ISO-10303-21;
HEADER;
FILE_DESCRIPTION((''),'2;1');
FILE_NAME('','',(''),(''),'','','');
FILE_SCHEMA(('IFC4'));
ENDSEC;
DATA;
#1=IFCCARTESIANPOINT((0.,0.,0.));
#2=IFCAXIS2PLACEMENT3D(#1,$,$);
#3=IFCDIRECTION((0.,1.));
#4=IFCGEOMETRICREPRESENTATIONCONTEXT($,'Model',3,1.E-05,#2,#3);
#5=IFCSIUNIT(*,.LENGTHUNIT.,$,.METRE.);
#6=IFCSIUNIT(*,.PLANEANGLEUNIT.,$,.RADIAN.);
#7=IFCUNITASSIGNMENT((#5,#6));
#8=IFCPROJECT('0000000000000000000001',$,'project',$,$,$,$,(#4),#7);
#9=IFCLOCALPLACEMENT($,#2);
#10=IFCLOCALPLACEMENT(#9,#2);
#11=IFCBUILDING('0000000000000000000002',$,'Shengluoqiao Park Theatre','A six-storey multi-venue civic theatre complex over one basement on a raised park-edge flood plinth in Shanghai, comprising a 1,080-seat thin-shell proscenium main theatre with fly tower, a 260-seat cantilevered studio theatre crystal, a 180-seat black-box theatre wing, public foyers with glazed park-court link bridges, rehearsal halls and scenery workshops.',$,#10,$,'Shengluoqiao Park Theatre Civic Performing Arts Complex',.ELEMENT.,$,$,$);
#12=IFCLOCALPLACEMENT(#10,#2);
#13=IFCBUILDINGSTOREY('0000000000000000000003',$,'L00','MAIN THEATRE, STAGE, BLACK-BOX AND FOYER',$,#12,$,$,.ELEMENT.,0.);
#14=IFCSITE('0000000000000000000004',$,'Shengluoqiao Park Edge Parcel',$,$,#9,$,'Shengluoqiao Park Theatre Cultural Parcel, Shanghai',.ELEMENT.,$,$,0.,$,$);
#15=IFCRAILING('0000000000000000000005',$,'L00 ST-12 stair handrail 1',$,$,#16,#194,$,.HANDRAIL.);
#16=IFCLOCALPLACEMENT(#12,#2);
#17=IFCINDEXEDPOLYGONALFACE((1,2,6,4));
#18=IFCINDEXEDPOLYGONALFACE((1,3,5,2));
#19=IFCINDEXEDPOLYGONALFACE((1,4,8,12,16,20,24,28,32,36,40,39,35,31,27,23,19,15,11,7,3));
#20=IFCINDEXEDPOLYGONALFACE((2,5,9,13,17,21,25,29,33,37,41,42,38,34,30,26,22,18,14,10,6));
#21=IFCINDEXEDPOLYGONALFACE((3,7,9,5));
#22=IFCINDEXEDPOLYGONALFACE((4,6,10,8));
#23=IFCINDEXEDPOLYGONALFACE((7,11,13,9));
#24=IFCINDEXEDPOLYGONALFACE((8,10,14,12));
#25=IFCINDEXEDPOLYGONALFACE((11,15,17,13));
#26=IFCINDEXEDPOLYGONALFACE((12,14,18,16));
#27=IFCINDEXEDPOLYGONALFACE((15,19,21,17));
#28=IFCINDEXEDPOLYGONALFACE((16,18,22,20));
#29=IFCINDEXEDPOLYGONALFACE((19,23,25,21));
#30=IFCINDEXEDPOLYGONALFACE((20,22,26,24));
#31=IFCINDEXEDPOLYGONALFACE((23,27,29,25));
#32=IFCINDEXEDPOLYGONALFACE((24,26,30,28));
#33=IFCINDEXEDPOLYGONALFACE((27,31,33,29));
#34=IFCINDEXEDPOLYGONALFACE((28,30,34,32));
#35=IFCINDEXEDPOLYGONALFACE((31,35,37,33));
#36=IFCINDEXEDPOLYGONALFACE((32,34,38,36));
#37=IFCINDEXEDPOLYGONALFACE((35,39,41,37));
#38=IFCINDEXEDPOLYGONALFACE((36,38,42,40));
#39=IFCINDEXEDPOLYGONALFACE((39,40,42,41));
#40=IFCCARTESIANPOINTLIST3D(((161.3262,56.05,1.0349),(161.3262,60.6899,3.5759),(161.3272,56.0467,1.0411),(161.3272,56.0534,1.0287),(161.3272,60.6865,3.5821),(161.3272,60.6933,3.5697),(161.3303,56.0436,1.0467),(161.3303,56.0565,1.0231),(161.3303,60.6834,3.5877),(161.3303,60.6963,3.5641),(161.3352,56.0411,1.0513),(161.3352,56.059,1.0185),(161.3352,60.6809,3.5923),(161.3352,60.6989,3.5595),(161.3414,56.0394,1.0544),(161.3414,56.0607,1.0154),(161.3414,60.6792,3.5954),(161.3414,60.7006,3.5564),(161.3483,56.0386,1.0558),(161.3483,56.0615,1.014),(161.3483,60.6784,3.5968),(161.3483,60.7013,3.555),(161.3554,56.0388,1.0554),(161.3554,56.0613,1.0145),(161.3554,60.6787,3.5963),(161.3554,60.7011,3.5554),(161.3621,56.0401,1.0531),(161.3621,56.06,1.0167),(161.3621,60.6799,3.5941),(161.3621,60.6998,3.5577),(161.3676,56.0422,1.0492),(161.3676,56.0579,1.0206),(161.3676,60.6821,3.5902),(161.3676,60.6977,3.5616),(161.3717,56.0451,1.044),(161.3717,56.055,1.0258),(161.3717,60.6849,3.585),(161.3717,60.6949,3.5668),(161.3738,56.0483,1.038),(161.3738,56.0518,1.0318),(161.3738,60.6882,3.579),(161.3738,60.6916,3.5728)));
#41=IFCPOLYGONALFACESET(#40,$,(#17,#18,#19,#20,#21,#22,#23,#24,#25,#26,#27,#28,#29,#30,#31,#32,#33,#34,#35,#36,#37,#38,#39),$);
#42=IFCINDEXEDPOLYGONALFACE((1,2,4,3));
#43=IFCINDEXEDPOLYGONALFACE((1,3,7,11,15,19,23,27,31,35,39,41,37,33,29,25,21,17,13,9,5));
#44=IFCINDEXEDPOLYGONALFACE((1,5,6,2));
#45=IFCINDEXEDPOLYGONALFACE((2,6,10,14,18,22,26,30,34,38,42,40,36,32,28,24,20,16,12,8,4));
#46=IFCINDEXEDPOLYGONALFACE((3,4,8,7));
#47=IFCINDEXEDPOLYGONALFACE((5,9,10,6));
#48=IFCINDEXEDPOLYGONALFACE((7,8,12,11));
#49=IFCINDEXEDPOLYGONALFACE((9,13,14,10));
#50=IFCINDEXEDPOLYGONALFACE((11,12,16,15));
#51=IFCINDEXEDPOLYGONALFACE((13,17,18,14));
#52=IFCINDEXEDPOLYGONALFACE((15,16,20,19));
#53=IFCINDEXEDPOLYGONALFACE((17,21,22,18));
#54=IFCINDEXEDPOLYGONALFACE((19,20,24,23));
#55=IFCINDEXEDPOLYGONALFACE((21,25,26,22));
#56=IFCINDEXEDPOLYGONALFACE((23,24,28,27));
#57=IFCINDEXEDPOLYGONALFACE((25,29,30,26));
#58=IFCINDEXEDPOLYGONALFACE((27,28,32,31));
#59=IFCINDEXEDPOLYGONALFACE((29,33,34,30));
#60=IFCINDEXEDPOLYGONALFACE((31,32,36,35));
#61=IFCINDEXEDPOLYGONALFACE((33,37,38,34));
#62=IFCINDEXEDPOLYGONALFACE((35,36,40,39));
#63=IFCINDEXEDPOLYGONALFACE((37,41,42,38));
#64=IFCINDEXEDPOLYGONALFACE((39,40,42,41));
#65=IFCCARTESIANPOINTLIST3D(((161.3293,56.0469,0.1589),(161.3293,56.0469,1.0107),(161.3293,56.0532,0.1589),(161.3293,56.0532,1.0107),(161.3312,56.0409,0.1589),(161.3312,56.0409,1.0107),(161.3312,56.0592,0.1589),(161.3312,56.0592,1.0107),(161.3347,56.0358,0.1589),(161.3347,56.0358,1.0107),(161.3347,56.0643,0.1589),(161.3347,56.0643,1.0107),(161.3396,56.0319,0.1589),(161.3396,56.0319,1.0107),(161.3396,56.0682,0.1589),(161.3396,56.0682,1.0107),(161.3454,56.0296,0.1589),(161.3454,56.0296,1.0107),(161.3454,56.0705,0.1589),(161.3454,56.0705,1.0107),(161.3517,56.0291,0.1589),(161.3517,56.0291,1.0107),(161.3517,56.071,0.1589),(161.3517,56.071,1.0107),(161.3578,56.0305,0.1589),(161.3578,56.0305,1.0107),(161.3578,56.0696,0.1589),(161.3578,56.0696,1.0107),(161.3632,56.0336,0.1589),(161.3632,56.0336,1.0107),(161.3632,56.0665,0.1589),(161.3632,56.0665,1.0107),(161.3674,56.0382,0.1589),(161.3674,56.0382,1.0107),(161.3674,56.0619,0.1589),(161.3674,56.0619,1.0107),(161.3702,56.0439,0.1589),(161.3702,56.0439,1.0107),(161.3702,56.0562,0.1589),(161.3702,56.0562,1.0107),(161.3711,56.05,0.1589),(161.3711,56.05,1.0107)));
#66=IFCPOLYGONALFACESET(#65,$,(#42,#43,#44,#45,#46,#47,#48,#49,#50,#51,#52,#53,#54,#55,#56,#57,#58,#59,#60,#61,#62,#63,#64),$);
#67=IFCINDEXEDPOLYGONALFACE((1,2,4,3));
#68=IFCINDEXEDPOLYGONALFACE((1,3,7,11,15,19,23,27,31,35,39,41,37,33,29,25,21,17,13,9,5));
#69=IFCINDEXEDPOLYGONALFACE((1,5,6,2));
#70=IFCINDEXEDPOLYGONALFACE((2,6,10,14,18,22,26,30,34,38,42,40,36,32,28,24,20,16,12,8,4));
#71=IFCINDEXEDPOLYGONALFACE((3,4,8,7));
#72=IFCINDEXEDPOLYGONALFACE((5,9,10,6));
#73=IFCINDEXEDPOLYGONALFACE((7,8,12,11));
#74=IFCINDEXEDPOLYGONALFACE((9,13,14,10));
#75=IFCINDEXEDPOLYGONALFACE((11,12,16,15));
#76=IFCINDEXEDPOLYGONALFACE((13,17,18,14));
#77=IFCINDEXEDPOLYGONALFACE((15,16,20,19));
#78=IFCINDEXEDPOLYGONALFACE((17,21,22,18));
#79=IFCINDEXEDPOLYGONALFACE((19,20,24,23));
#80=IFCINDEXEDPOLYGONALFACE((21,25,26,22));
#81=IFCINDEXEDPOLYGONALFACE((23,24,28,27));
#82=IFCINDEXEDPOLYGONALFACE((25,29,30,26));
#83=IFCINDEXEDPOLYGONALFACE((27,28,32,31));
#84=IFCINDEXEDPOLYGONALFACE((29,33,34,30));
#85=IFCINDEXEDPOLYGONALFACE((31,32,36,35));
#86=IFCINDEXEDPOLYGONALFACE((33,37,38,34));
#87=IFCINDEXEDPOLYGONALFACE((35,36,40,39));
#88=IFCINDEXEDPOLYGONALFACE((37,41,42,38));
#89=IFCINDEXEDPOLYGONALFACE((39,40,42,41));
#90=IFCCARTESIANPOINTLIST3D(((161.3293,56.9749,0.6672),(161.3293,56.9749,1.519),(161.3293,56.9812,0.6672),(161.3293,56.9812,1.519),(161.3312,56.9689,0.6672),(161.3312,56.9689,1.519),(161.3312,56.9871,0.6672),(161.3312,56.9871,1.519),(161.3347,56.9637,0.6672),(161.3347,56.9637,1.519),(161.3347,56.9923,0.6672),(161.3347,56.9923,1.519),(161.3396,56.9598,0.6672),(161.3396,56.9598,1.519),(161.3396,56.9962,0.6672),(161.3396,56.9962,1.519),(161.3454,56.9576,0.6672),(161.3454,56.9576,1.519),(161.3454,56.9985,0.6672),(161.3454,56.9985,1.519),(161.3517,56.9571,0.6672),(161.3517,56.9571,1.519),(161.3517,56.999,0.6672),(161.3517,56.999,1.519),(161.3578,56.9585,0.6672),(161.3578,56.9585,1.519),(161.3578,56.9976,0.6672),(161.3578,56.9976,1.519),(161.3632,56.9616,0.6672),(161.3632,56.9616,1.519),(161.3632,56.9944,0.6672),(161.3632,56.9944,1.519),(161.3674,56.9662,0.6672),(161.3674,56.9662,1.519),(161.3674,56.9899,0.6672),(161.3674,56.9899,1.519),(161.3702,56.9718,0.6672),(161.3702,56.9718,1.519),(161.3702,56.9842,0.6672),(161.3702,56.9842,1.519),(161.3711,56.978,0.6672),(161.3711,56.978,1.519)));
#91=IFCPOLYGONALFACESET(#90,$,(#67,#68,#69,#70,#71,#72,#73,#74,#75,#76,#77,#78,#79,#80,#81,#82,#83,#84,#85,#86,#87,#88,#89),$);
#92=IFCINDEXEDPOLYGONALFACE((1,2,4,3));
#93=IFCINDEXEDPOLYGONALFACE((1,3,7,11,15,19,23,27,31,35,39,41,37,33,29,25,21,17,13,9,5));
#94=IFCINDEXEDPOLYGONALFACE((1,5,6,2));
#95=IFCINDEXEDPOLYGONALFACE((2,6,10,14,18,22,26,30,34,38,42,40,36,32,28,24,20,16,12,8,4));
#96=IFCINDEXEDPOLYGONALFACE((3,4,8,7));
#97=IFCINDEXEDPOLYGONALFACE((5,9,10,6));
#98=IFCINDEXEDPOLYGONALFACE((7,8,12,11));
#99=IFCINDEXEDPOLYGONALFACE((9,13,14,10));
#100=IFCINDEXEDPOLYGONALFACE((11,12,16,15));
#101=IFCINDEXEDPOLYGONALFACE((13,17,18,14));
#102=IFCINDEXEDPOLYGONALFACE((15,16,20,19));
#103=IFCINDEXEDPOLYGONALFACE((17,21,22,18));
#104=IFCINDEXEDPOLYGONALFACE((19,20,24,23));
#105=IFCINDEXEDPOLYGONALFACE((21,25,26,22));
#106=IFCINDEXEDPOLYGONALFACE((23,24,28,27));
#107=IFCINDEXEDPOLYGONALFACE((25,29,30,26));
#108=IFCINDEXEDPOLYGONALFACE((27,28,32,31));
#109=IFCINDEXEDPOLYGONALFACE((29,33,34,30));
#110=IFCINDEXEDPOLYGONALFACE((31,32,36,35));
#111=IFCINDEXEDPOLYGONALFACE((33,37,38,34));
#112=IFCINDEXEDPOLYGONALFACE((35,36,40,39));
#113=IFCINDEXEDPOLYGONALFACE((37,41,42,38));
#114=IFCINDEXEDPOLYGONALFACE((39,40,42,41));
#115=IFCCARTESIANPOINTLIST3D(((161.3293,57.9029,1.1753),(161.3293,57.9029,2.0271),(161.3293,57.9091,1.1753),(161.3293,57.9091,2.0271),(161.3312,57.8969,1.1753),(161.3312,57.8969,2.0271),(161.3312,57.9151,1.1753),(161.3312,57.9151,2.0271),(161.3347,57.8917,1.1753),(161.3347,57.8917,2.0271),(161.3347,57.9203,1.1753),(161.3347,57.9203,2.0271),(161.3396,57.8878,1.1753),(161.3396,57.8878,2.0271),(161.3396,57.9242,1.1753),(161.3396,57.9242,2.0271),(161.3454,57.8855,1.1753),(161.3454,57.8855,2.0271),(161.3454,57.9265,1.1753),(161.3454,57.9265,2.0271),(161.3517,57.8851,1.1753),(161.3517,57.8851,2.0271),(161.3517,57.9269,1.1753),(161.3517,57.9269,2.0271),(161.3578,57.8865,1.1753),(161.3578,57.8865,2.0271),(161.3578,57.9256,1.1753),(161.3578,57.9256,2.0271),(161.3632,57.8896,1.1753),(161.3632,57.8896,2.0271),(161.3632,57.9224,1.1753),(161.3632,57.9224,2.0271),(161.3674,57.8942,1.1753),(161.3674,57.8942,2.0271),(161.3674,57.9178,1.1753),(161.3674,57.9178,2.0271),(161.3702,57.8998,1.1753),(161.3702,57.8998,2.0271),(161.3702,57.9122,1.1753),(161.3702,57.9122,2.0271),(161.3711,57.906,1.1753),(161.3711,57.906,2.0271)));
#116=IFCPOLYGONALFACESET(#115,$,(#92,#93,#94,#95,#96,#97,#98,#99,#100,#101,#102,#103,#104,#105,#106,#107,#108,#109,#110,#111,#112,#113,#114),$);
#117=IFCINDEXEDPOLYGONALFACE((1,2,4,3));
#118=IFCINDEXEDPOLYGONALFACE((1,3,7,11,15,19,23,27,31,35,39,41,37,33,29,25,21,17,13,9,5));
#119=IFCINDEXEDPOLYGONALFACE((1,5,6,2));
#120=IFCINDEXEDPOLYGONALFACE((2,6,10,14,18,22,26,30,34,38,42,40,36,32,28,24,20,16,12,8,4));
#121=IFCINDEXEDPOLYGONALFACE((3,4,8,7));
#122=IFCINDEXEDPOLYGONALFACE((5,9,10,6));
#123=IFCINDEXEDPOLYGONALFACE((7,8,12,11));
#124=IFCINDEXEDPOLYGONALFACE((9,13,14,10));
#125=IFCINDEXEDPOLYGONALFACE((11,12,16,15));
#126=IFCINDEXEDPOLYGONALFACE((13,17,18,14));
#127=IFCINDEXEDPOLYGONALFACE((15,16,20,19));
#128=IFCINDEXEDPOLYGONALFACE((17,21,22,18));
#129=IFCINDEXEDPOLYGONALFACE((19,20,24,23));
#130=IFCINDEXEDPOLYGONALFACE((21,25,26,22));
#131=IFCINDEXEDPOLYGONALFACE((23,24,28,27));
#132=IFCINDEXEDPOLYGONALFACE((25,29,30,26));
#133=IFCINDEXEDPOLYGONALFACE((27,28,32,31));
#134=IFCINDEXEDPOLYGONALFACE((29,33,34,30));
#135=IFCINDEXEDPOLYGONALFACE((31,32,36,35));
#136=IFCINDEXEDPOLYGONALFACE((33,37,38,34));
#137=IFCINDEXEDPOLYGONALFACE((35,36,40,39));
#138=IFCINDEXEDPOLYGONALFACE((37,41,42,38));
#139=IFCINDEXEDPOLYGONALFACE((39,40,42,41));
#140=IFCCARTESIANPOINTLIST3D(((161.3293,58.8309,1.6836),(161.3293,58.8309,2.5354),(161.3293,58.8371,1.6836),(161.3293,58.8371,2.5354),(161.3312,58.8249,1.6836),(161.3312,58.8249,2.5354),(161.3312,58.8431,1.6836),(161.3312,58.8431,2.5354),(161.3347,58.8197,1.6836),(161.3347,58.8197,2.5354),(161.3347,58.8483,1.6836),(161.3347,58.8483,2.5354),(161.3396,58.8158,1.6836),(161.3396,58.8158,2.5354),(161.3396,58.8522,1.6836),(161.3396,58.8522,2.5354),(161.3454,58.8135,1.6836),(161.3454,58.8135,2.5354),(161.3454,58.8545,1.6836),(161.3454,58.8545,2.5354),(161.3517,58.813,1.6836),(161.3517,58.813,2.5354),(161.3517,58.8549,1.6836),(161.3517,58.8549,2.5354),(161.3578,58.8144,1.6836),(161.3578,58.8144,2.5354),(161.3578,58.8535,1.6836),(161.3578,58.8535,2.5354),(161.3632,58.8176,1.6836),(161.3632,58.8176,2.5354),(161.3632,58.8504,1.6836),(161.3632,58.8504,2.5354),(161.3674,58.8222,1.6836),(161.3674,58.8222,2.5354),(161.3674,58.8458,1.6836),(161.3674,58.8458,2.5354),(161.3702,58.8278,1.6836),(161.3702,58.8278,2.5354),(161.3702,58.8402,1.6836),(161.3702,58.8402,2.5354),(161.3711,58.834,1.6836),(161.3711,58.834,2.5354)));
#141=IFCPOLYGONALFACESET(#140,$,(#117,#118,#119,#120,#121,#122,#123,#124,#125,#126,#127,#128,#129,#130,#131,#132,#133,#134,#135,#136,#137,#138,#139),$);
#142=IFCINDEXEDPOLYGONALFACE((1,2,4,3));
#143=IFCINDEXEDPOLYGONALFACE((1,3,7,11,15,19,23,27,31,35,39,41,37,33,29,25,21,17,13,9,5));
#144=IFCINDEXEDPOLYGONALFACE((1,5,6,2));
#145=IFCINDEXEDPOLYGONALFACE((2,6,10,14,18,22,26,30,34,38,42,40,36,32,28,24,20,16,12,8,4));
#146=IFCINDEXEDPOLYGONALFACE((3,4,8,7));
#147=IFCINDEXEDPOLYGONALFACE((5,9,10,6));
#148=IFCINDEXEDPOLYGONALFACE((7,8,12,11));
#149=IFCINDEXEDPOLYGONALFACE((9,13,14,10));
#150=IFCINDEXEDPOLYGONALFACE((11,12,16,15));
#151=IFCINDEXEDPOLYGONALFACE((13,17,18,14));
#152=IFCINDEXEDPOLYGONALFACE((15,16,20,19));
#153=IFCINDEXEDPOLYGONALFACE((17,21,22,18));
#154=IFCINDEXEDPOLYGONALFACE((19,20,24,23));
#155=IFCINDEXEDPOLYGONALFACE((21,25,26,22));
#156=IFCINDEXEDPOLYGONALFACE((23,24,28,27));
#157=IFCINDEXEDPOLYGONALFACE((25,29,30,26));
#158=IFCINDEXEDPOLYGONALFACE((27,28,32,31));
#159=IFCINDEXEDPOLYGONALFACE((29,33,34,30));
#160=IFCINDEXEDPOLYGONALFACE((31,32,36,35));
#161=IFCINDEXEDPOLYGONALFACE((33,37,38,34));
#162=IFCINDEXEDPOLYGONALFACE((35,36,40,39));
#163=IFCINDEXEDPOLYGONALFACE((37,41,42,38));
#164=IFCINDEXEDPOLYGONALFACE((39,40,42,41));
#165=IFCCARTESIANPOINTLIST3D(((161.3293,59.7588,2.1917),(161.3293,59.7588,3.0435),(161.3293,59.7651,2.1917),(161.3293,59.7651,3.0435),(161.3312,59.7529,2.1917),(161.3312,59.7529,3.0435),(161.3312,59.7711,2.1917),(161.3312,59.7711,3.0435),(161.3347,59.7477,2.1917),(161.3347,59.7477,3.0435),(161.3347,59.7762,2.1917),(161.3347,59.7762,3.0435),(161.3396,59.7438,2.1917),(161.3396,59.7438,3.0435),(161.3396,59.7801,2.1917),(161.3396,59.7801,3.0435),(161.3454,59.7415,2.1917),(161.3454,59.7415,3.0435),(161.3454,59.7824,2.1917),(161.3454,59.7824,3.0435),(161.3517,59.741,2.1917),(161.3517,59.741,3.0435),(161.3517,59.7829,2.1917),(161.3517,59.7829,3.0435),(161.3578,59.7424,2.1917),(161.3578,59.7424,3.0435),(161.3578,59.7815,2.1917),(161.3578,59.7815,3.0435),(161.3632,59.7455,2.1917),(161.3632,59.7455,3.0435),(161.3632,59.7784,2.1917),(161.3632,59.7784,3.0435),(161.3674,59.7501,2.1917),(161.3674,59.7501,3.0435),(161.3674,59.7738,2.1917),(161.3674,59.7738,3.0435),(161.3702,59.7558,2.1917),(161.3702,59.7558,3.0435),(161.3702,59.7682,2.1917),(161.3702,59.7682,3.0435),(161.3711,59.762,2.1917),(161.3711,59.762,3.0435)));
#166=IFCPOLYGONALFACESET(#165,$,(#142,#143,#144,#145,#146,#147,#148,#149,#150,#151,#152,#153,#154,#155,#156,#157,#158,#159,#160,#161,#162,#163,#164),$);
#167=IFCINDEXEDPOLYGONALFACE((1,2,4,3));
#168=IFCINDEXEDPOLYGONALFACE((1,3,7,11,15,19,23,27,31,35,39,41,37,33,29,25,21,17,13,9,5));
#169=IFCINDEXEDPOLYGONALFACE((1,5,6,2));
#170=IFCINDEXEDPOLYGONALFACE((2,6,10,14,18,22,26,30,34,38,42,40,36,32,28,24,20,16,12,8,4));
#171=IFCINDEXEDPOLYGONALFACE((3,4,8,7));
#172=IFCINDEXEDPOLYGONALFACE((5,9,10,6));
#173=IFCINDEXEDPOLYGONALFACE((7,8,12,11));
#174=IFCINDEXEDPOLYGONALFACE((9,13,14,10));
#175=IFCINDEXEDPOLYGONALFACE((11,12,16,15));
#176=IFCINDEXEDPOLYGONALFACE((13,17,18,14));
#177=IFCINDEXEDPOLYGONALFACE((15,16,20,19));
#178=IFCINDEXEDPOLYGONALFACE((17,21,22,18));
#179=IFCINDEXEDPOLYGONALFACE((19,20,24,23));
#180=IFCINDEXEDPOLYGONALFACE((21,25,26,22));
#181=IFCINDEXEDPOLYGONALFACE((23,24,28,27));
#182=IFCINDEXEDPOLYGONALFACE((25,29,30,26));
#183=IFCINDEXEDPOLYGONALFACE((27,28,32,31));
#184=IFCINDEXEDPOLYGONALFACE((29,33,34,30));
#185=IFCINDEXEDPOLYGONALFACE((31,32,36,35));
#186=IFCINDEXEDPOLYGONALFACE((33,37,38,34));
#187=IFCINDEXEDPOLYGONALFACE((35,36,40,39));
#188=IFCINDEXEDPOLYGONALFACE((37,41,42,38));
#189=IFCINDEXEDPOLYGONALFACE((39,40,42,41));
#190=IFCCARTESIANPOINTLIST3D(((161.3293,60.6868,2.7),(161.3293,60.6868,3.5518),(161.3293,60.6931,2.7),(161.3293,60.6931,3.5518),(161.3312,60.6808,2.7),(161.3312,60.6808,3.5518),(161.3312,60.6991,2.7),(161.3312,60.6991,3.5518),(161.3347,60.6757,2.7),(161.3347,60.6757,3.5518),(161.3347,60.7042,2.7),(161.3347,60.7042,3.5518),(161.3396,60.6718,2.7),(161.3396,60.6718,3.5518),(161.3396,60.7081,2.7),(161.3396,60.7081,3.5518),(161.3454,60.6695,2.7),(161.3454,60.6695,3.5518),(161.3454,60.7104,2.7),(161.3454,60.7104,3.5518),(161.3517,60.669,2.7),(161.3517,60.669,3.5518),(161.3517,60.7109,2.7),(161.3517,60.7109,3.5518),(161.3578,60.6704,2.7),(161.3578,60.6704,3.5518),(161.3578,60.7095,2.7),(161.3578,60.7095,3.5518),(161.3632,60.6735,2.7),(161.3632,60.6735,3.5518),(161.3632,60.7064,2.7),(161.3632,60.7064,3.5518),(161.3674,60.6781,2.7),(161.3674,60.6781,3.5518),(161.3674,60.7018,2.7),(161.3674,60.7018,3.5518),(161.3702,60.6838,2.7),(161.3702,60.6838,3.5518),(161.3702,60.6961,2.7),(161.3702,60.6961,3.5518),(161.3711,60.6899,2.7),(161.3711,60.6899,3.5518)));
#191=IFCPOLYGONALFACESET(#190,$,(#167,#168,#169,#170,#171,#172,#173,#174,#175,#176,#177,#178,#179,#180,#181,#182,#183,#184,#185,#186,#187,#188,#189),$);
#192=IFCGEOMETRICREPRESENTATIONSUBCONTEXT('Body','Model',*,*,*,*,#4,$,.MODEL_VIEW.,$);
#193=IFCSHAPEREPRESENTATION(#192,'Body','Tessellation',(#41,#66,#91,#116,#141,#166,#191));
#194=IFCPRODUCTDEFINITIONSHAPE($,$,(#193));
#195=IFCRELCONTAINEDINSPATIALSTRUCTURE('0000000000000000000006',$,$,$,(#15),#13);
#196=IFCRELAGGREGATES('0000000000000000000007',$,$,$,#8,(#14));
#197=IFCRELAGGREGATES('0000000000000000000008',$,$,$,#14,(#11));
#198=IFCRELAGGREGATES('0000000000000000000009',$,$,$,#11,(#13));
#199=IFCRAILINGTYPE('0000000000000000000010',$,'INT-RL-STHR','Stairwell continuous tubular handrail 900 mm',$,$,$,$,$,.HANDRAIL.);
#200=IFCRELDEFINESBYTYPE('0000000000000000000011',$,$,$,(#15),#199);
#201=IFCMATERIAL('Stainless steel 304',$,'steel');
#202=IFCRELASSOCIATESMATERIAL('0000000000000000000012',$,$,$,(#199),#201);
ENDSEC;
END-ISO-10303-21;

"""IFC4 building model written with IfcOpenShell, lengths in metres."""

from ifc_helpers import new_model, si_unit, direction, frame, origin, origin_2d, place, context, subcontext, project, spatial, circle, extrude, material, type_object, element, save


model = new_model("IFC4")

# Units and contexts
model_context = context("Model", 3, precision=1e-05, world=origin(), true_north=direction((0.0, 1.0)))
body_context = subcontext(model_context, "Body", "Model", "MODEL_VIEW")
ifc_project = project(units=[si_unit("LENGTHUNIT", "METRE"), si_unit("PLANEANGLEUNIT", "RADIAN")], contexts=[model_context])

# Site, building, storey
site_placement = place(None, origin())
site = spatial("IfcSite", under=ifc_project, at=site_placement, Name="Shengluoqiao Park Edge Parcel", LongName="Shengluoqiao Park Theatre Cultural Parcel, Shanghai", CompositionType="ELEMENT", RefElevation=0.0)
building_placement = place(site_placement, origin())
building = spatial("IfcBuilding", under=site, at=building_placement, Name="Shengluoqiao Park Theatre", Description="A six-storey multi-venue civic theatre complex over one basement on a raised park-edge flood plinth in Shanghai, comprising a 1,080-seat thin-shell proscenium main theatre with fly tower, a 260-seat cantilevered studio theatre crystal, a 180-seat black-box theatre wing, public foyers with glazed park-court link bridges, rehearsal halls and scenery workshops.", LongName="Shengluoqiao Park Theatre Civic Performing Arts Complex", CompositionType="ELEMENT")
storey_placement = place(building_placement, origin())
storey = spatial("IfcBuildingStorey", under=building, at=storey_placement, Name="L00", Description="MAIN THEATRE, STAGE, BLACK-BOX AND FOYER", CompositionType="ELEMENT", Elevation=0.0)

# Railing
ifc_material_1 = material(Name="Stainless steel 304", Category="steel")
railing_type_1 = type_object("IfcRailingType", Name="INT-RL-STHR", Description="Stairwell continuous tubular handrail 900 mm", PredefinedType="HANDRAIL", material=ifc_material_1)
railing_1_placement = place(storey_placement, frame((161.3501, 56.05, 0.1589)))
element("IfcRailing", 1, at=railing_1_placement, inside=storey, type_object=railing_type_1, Name="L00 ST-12 stair handrail 1", PredefinedType="HANDRAIL", context=body_context, shape_type="SweptSolid", body=[
    extrude(circle(Radius=0.0239, at=origin_2d()), frame((0.0, 0.0, 0.876), z_axis=(0.0, 0.877087, 0.480332), x_axis=(-1.0, 0.0, 0.0)), (0.0, 0.0, 1.0), 5.29),
    extrude(circle(Radius=0.021, at=origin_2d()), origin(), (0.0, 0.0, 1.0), 0.8518),
    extrude(circle(Radius=0.021, at=origin_2d()), frame((0.0, 0.928, 0.5083)), (0.0, 0.0, 1.0), 0.8518),
    extrude(circle(Radius=0.021, at=origin_2d()), frame((0.0, 1.856, 1.0164)), (0.0, 0.0, 1.0), 0.8518),
    extrude(circle(Radius=0.021, at=origin_2d()), frame((0.0, 2.7839, 1.5247)), (0.0, 0.0, 1.0), 0.8518),
    extrude(circle(Radius=0.021, at=origin_2d()), frame((0.0, 3.7119, 2.0327)), (0.0, 0.0, 1.0), 0.8518),
    extrude(circle(Radius=0.021, at=origin_2d()), frame((0.0, 4.6399, 2.541)), (0.0, 0.0, 1.0), 0.8518),
])

save(model, "model.ifc")
